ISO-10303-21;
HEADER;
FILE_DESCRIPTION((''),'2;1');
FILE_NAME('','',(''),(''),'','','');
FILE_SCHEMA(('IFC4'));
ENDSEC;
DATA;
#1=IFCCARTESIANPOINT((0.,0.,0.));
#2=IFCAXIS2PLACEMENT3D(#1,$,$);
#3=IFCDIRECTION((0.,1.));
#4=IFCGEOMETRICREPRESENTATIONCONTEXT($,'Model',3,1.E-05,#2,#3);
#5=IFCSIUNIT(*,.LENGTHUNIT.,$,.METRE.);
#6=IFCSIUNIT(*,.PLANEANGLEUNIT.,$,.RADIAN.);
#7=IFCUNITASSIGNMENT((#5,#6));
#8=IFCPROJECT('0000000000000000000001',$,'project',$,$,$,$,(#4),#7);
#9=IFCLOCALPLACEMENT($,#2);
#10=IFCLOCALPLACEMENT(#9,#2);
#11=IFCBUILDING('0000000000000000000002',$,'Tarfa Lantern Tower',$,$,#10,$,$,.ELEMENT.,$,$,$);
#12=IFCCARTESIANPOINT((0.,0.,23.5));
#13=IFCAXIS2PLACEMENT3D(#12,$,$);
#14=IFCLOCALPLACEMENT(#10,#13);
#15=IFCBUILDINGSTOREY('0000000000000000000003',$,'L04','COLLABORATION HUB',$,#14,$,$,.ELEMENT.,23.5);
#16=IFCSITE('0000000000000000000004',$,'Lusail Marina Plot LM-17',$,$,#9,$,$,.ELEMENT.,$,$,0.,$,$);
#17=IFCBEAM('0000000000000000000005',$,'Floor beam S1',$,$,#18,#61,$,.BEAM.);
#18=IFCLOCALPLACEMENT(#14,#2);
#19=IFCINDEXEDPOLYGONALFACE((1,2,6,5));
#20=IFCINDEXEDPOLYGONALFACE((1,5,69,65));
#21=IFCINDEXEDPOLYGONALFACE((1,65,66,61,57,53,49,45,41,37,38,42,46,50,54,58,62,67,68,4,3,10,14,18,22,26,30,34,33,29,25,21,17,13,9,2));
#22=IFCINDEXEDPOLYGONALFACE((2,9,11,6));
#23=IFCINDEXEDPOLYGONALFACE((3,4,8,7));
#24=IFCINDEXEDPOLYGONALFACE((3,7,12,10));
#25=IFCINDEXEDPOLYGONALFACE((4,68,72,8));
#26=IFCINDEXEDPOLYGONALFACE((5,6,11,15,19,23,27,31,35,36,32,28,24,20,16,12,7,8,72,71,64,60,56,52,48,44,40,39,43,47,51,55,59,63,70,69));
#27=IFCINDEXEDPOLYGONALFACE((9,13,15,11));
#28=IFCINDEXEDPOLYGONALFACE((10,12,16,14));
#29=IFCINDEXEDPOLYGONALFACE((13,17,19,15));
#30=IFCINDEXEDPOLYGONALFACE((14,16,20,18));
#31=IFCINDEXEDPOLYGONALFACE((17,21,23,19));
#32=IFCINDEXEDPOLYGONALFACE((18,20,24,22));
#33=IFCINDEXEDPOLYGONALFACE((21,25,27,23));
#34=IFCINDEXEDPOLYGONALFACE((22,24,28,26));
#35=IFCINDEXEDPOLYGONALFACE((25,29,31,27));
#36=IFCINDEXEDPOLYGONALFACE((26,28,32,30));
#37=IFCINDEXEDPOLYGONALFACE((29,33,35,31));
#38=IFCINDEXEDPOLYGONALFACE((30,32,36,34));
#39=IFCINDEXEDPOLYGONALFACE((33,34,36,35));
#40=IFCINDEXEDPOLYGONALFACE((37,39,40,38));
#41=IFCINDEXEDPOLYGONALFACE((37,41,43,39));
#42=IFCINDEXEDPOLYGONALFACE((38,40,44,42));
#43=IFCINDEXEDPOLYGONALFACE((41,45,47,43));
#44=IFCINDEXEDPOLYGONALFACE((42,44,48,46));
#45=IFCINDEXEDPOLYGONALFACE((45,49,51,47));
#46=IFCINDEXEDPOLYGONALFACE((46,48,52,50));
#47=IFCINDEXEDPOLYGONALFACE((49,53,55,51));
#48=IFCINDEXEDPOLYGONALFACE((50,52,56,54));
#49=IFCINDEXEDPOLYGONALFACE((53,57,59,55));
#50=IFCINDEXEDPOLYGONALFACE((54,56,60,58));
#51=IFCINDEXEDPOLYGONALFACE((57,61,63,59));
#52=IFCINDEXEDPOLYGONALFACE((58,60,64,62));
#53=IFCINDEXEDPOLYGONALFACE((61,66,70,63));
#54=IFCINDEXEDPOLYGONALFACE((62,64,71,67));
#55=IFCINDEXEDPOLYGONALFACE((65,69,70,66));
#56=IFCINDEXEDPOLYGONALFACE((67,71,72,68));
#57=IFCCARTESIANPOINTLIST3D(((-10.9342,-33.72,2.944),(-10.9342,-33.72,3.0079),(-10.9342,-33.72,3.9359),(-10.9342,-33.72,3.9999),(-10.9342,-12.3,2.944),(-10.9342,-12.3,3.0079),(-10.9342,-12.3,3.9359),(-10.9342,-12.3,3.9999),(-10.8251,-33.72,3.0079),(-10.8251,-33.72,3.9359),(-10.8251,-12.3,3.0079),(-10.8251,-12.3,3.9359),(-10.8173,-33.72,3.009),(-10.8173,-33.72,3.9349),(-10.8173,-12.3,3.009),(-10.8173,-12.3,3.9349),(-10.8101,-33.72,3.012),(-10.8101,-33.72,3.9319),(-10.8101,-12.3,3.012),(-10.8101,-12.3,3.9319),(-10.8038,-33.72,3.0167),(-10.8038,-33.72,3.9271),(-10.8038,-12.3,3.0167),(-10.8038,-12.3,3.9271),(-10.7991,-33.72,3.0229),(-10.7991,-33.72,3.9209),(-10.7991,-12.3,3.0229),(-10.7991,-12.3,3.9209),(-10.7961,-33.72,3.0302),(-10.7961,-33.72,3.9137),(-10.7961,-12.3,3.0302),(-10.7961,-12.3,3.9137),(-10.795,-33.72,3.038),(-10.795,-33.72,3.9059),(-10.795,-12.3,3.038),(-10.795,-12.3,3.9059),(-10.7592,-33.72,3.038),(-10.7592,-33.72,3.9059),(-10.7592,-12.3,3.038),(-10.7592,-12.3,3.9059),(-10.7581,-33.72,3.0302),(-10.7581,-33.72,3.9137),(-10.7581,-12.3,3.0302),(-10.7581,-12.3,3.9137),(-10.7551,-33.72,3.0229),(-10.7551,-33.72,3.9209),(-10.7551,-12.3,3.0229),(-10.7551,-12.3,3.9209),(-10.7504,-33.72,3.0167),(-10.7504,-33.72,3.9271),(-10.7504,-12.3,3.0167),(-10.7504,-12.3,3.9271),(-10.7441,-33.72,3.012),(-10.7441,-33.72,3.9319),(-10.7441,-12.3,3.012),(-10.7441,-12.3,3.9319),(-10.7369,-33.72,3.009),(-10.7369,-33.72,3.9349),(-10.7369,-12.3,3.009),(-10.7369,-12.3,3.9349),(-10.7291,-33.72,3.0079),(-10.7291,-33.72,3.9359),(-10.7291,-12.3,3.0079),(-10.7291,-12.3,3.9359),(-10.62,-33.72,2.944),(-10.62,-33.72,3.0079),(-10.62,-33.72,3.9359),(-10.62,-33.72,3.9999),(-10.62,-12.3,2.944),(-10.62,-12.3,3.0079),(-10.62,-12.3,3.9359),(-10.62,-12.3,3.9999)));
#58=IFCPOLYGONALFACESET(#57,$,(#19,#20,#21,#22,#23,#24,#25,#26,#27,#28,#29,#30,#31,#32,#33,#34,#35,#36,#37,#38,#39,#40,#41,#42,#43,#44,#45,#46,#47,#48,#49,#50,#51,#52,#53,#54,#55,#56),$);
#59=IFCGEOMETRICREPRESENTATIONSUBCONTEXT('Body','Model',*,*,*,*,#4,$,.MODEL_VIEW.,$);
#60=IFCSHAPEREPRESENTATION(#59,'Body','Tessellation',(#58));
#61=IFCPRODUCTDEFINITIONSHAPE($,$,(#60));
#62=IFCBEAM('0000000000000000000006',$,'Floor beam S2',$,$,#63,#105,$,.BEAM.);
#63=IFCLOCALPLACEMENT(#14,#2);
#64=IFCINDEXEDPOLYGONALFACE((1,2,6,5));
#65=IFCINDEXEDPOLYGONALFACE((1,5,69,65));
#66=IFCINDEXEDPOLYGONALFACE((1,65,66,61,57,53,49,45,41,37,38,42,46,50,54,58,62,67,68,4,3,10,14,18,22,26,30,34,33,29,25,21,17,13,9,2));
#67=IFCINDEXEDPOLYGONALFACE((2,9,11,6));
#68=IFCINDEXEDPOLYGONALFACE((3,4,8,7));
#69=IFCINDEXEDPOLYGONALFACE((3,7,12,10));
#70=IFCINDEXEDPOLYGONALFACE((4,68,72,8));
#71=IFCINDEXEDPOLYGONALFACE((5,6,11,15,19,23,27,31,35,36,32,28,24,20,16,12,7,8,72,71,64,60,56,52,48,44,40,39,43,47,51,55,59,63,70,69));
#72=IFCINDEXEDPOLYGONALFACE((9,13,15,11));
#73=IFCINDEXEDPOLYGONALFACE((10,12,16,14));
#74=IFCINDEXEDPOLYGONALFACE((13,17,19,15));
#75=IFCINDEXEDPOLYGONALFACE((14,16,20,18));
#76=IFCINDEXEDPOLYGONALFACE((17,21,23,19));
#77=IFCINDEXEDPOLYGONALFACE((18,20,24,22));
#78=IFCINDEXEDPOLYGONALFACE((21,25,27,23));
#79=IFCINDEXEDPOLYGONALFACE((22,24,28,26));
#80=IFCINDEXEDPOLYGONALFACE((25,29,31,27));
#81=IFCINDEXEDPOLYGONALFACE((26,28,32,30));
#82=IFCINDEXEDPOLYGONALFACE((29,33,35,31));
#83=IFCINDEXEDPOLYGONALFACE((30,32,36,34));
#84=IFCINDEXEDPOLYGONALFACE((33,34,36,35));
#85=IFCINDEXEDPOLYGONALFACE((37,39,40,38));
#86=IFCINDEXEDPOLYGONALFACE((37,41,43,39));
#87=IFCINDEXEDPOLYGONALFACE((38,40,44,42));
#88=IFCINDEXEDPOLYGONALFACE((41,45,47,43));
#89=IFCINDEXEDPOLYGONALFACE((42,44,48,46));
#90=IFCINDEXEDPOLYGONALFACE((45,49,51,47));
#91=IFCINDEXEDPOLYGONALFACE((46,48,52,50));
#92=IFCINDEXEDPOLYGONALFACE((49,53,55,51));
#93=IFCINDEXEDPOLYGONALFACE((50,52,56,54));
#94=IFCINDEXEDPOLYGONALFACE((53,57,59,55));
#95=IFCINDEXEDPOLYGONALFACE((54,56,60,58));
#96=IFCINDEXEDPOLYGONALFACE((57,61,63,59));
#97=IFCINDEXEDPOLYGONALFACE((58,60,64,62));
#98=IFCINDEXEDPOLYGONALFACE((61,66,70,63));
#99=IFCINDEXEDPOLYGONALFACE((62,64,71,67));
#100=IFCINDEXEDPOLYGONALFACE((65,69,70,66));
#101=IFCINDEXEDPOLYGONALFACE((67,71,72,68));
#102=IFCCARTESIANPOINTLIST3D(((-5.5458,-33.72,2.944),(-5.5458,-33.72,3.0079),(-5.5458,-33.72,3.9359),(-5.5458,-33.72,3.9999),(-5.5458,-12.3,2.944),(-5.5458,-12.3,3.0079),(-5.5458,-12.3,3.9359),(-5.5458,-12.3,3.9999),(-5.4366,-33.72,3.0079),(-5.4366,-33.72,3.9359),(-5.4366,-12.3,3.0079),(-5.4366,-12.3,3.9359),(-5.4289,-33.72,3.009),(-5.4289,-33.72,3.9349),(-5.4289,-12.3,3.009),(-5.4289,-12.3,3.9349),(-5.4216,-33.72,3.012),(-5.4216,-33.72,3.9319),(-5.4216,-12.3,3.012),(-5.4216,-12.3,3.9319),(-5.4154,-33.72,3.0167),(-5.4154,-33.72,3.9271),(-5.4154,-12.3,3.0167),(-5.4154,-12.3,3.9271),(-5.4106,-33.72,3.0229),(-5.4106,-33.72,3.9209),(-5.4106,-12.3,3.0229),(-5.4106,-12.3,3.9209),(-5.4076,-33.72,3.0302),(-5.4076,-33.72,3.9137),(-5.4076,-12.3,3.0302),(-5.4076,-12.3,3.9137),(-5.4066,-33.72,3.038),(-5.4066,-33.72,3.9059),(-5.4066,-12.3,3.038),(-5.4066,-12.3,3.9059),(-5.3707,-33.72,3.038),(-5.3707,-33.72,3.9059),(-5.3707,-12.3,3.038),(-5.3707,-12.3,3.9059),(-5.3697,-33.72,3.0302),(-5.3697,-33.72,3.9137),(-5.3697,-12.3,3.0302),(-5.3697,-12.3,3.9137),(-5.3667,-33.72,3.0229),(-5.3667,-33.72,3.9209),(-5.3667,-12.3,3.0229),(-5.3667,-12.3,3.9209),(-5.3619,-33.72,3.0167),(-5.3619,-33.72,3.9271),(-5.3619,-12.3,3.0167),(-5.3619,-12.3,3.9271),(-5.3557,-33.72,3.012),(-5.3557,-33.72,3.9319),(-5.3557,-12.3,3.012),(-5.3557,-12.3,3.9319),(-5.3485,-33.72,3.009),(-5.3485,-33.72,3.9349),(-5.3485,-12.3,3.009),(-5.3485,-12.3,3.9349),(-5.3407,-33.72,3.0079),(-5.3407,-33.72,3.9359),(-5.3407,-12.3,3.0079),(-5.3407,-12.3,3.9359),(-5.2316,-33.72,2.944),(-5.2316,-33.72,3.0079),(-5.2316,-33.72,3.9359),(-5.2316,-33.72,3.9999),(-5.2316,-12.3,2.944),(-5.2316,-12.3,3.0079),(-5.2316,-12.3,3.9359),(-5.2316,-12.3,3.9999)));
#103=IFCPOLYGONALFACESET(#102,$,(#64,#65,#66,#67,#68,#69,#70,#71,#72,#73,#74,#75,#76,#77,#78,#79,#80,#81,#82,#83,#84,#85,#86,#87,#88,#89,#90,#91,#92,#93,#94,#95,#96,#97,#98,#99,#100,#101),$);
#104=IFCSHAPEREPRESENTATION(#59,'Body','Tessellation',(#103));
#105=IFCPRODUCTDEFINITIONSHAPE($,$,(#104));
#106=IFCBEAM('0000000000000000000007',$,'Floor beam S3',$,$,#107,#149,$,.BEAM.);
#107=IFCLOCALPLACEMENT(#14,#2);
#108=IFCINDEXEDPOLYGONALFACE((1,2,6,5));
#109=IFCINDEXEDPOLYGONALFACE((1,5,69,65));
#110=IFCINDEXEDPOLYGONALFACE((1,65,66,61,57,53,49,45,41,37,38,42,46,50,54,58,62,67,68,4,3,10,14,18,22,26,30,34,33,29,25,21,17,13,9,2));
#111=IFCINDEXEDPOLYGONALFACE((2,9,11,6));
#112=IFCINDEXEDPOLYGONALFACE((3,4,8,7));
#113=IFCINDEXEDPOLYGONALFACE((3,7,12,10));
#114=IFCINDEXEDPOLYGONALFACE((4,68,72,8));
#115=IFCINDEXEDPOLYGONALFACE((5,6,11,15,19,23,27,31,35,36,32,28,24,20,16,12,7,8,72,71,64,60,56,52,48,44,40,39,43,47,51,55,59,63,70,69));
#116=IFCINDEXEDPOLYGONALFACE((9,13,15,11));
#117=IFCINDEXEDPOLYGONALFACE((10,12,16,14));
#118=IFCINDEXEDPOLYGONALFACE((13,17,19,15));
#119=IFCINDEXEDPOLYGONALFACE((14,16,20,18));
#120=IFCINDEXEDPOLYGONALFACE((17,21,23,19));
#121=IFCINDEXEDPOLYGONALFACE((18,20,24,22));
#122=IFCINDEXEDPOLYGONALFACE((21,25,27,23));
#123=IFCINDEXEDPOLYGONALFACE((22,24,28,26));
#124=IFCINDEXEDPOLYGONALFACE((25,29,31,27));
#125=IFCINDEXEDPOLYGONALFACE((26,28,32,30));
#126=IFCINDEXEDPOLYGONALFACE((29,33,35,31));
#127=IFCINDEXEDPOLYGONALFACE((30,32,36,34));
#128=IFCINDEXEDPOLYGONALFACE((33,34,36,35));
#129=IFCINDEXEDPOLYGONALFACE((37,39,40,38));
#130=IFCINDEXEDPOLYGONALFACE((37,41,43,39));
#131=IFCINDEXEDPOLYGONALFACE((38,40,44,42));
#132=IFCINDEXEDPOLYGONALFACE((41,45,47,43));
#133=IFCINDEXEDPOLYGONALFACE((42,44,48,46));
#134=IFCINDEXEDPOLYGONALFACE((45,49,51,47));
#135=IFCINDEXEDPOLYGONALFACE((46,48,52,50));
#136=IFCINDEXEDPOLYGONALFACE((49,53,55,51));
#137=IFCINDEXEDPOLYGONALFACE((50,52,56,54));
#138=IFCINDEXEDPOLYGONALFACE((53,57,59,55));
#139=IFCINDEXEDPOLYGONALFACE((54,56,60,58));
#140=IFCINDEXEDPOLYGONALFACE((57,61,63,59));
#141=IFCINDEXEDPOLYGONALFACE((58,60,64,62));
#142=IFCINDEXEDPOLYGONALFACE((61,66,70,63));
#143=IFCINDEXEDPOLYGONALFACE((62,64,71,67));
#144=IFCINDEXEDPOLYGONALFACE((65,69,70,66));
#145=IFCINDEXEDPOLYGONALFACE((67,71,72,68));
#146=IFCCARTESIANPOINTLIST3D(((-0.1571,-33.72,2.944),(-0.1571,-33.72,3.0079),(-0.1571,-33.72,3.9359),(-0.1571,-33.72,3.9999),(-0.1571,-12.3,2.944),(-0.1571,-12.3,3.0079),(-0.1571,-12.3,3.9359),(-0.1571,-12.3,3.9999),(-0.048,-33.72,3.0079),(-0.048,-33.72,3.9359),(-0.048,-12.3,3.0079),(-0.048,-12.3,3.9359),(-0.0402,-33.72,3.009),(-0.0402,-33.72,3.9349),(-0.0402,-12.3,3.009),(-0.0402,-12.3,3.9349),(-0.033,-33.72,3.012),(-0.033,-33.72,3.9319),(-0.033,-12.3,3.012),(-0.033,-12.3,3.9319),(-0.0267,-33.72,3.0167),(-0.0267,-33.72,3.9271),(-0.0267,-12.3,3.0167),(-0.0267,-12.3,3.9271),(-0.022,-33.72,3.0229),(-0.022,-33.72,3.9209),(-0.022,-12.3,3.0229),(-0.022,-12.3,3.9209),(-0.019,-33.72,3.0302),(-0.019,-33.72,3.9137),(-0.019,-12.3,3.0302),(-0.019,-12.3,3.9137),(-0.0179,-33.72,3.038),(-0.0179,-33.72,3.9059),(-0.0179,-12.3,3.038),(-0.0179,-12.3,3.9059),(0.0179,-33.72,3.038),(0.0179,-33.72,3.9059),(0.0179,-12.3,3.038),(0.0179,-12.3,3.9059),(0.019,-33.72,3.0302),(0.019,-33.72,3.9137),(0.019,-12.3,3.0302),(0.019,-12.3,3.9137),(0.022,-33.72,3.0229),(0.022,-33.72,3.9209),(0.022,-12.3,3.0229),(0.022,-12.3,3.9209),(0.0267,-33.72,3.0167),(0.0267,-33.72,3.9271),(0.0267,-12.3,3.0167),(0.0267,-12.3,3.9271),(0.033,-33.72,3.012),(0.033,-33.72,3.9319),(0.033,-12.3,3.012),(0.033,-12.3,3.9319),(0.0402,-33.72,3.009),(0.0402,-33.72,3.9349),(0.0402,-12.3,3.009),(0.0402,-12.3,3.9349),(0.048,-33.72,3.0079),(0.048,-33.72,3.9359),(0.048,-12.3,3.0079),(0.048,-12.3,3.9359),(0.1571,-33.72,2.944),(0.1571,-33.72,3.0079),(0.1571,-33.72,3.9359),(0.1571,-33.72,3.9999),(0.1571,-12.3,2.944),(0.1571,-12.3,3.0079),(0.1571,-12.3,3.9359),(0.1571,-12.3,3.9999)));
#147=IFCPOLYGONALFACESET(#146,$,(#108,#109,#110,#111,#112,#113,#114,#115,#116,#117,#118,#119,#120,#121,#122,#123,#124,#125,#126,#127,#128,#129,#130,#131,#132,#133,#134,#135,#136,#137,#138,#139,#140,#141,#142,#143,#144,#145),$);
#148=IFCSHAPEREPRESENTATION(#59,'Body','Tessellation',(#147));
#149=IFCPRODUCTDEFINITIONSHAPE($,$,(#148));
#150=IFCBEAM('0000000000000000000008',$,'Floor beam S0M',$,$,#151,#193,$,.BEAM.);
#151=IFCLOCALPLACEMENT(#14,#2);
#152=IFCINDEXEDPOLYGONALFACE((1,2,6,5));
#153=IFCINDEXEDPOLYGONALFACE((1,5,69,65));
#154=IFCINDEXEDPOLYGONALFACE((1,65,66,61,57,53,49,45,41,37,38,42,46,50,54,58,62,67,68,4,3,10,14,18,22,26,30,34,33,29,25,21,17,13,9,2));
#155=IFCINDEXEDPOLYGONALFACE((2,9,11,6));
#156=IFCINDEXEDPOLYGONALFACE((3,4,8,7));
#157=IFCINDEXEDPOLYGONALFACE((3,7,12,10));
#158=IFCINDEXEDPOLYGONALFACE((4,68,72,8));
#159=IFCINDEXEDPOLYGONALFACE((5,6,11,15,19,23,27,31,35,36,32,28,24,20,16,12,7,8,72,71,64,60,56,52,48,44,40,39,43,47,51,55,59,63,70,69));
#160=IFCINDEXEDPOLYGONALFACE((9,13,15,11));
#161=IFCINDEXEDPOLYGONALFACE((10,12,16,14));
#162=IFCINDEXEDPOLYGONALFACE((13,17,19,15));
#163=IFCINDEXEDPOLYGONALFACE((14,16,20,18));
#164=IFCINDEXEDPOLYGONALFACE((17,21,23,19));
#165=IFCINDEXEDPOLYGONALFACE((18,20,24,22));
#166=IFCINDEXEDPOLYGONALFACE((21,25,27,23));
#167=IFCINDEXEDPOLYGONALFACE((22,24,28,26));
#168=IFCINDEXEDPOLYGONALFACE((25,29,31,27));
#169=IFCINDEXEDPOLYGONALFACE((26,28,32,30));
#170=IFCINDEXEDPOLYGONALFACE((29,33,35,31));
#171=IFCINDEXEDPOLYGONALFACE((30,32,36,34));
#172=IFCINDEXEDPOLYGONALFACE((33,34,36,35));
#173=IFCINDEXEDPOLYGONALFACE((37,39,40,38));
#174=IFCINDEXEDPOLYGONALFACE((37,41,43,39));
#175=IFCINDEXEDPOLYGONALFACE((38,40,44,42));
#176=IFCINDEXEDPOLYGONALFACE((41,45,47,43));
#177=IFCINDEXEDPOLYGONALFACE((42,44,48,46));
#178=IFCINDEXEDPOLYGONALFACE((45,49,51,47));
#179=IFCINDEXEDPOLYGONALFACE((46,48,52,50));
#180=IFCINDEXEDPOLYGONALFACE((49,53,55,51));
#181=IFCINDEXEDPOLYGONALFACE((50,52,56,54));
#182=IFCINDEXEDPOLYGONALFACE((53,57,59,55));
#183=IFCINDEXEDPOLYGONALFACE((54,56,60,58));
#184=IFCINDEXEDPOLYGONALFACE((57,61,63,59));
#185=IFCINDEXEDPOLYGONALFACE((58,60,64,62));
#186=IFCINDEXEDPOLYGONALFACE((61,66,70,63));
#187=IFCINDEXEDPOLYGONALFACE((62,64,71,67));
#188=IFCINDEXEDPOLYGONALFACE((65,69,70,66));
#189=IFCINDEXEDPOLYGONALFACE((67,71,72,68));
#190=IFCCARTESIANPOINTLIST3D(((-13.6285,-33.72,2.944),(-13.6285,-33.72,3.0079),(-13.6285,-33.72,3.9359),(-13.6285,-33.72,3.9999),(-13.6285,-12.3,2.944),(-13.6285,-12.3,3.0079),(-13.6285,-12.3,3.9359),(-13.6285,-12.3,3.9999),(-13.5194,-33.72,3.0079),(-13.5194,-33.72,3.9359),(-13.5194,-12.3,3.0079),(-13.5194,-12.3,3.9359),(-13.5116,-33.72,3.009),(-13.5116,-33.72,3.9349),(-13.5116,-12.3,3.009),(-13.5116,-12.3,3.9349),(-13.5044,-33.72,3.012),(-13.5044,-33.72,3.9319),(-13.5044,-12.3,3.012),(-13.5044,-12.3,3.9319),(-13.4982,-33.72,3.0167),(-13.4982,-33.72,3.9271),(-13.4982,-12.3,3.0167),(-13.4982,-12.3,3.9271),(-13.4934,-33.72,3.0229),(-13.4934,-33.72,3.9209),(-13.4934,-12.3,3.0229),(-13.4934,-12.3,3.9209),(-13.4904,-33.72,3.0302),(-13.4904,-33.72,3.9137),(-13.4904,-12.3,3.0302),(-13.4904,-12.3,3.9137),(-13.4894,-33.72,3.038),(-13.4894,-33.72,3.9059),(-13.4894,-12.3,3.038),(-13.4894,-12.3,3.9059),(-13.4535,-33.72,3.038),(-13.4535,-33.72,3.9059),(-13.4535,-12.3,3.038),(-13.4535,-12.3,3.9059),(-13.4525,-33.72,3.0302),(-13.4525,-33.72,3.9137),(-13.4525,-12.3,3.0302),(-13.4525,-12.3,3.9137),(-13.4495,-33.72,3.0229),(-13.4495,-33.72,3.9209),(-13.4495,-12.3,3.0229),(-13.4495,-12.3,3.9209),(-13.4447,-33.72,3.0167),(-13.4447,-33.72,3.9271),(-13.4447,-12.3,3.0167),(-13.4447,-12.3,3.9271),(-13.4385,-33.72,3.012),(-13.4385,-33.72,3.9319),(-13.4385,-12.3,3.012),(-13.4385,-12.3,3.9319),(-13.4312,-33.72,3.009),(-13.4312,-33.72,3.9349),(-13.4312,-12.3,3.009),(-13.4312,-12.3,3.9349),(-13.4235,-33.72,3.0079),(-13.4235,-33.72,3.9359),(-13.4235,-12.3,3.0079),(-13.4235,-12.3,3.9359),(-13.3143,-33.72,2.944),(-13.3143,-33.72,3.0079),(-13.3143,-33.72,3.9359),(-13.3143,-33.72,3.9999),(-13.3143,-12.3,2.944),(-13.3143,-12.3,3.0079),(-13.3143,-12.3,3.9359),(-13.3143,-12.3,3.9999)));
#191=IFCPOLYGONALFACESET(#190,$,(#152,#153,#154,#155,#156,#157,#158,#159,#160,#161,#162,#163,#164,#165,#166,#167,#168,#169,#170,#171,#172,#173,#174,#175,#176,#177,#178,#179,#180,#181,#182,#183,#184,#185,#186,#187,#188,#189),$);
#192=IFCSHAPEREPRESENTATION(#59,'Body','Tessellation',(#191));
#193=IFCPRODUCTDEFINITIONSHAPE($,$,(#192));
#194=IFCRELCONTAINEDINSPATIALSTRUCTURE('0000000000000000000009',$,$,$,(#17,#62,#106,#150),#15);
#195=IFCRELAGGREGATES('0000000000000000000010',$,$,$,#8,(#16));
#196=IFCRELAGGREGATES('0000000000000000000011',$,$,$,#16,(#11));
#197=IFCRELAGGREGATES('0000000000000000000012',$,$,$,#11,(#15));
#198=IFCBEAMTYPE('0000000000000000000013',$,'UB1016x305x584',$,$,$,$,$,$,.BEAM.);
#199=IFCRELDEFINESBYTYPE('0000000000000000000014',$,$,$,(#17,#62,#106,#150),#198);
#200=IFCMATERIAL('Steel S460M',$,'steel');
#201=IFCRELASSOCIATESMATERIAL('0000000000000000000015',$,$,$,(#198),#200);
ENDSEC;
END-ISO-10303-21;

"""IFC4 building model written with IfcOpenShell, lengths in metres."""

from ifc_helpers import new_model, si_unit, direction, frame, origin, origin_2d, place, context, subcontext, project, spatial, i_section, extrude, material, material_profile, profile_set, type_object, element, save


model = new_model("IFC4")

# Units and contexts
model_context = context("Model", 3, precision=1e-05, world=origin(), true_north=direction((0.0, 1.0)))
body_context = subcontext(model_context, "Body", "Model", "MODEL_VIEW")
ifc_project = project(units=[si_unit("LENGTHUNIT", "METRE"), si_unit("PLANEANGLEUNIT", "RADIAN")], contexts=[model_context])

# Site, building, storey
site_placement = place(None, origin())
site = spatial("IfcSite", under=ifc_project, at=site_placement, Name="Lusail Marina Plot LM-17", CompositionType="ELEMENT", RefElevation=0.0)
building_placement = place(site_placement, origin())
building = spatial("IfcBuilding", under=site, at=building_placement, Name="Tarfa Lantern Tower", CompositionType="ELEMENT")
storey_placement = place(building_placement, frame((0.0, 0.0, 23.5)))
storey = spatial("IfcBuildingStorey", under=building, at=storey_placement, Name="L04", Description="COLLABORATION HUB", CompositionType="ELEMENT", Elevation=23.5)

# Beams
ifc_material_1 = material(Name="Steel S460M", Category="steel")
ifc_material_profile_1 = material_profile(ifc_material_1, i_section(OverallWidth=0.3142, OverallDepth=1.0559, WebThickness=0.0359, FlangeThickness=0.064, FilletRadius=0.03, at=origin_2d()), Name="UB1016x305x584")
ifc_profile_set_1 = profile_set([ifc_material_profile_1], Name="Steel S460M")
beam_type_1 = type_object("IfcBeamType", Name="UB1016x305x584", PredefinedType="BEAM", material=ifc_profile_set_1)
for number, where, z_axis, x_axis, name in (
    (1, (-10.7771, -33.72, 3.4719), (0.0, 1.0, 0.0), (-1.0, 0.0, 0.0), "Floor beam S1"),
    (2, (-5.3887, -33.72, 3.4719), (0.0, 1.0, 0.0), (-1.0, 0.0, 0.0), "Floor beam S2"),
    (3, (0.0, -33.72, 3.4719), (0.0, 1.0, 0.0), (-1.0, 0.0, 0.0), "Floor beam S3"),
    (4, (-13.4714, -33.72, 3.4719), (0.0, 1.0, 0.0), (-1.0, 0.0, 0.0), "Floor beam S0M"),
):
    element("IfcBeam", number, at=place(storey_placement, frame(where, z_axis=z_axis, x_axis=x_axis)), inside=storey, type_object=beam_type_1, Name=name, PredefinedType="BEAM", context=body_context, shape_type="SweptSolid", body=[
        extrude(i_section(OverallWidth=0.3142, OverallDepth=1.0559, WebThickness=0.0359, FlangeThickness=0.064, FilletRadius=0.03, at=origin_2d()), origin(), (0.0, 0.0, 1.0), 21.4199),
    ])

save(model, "model.ifc")
